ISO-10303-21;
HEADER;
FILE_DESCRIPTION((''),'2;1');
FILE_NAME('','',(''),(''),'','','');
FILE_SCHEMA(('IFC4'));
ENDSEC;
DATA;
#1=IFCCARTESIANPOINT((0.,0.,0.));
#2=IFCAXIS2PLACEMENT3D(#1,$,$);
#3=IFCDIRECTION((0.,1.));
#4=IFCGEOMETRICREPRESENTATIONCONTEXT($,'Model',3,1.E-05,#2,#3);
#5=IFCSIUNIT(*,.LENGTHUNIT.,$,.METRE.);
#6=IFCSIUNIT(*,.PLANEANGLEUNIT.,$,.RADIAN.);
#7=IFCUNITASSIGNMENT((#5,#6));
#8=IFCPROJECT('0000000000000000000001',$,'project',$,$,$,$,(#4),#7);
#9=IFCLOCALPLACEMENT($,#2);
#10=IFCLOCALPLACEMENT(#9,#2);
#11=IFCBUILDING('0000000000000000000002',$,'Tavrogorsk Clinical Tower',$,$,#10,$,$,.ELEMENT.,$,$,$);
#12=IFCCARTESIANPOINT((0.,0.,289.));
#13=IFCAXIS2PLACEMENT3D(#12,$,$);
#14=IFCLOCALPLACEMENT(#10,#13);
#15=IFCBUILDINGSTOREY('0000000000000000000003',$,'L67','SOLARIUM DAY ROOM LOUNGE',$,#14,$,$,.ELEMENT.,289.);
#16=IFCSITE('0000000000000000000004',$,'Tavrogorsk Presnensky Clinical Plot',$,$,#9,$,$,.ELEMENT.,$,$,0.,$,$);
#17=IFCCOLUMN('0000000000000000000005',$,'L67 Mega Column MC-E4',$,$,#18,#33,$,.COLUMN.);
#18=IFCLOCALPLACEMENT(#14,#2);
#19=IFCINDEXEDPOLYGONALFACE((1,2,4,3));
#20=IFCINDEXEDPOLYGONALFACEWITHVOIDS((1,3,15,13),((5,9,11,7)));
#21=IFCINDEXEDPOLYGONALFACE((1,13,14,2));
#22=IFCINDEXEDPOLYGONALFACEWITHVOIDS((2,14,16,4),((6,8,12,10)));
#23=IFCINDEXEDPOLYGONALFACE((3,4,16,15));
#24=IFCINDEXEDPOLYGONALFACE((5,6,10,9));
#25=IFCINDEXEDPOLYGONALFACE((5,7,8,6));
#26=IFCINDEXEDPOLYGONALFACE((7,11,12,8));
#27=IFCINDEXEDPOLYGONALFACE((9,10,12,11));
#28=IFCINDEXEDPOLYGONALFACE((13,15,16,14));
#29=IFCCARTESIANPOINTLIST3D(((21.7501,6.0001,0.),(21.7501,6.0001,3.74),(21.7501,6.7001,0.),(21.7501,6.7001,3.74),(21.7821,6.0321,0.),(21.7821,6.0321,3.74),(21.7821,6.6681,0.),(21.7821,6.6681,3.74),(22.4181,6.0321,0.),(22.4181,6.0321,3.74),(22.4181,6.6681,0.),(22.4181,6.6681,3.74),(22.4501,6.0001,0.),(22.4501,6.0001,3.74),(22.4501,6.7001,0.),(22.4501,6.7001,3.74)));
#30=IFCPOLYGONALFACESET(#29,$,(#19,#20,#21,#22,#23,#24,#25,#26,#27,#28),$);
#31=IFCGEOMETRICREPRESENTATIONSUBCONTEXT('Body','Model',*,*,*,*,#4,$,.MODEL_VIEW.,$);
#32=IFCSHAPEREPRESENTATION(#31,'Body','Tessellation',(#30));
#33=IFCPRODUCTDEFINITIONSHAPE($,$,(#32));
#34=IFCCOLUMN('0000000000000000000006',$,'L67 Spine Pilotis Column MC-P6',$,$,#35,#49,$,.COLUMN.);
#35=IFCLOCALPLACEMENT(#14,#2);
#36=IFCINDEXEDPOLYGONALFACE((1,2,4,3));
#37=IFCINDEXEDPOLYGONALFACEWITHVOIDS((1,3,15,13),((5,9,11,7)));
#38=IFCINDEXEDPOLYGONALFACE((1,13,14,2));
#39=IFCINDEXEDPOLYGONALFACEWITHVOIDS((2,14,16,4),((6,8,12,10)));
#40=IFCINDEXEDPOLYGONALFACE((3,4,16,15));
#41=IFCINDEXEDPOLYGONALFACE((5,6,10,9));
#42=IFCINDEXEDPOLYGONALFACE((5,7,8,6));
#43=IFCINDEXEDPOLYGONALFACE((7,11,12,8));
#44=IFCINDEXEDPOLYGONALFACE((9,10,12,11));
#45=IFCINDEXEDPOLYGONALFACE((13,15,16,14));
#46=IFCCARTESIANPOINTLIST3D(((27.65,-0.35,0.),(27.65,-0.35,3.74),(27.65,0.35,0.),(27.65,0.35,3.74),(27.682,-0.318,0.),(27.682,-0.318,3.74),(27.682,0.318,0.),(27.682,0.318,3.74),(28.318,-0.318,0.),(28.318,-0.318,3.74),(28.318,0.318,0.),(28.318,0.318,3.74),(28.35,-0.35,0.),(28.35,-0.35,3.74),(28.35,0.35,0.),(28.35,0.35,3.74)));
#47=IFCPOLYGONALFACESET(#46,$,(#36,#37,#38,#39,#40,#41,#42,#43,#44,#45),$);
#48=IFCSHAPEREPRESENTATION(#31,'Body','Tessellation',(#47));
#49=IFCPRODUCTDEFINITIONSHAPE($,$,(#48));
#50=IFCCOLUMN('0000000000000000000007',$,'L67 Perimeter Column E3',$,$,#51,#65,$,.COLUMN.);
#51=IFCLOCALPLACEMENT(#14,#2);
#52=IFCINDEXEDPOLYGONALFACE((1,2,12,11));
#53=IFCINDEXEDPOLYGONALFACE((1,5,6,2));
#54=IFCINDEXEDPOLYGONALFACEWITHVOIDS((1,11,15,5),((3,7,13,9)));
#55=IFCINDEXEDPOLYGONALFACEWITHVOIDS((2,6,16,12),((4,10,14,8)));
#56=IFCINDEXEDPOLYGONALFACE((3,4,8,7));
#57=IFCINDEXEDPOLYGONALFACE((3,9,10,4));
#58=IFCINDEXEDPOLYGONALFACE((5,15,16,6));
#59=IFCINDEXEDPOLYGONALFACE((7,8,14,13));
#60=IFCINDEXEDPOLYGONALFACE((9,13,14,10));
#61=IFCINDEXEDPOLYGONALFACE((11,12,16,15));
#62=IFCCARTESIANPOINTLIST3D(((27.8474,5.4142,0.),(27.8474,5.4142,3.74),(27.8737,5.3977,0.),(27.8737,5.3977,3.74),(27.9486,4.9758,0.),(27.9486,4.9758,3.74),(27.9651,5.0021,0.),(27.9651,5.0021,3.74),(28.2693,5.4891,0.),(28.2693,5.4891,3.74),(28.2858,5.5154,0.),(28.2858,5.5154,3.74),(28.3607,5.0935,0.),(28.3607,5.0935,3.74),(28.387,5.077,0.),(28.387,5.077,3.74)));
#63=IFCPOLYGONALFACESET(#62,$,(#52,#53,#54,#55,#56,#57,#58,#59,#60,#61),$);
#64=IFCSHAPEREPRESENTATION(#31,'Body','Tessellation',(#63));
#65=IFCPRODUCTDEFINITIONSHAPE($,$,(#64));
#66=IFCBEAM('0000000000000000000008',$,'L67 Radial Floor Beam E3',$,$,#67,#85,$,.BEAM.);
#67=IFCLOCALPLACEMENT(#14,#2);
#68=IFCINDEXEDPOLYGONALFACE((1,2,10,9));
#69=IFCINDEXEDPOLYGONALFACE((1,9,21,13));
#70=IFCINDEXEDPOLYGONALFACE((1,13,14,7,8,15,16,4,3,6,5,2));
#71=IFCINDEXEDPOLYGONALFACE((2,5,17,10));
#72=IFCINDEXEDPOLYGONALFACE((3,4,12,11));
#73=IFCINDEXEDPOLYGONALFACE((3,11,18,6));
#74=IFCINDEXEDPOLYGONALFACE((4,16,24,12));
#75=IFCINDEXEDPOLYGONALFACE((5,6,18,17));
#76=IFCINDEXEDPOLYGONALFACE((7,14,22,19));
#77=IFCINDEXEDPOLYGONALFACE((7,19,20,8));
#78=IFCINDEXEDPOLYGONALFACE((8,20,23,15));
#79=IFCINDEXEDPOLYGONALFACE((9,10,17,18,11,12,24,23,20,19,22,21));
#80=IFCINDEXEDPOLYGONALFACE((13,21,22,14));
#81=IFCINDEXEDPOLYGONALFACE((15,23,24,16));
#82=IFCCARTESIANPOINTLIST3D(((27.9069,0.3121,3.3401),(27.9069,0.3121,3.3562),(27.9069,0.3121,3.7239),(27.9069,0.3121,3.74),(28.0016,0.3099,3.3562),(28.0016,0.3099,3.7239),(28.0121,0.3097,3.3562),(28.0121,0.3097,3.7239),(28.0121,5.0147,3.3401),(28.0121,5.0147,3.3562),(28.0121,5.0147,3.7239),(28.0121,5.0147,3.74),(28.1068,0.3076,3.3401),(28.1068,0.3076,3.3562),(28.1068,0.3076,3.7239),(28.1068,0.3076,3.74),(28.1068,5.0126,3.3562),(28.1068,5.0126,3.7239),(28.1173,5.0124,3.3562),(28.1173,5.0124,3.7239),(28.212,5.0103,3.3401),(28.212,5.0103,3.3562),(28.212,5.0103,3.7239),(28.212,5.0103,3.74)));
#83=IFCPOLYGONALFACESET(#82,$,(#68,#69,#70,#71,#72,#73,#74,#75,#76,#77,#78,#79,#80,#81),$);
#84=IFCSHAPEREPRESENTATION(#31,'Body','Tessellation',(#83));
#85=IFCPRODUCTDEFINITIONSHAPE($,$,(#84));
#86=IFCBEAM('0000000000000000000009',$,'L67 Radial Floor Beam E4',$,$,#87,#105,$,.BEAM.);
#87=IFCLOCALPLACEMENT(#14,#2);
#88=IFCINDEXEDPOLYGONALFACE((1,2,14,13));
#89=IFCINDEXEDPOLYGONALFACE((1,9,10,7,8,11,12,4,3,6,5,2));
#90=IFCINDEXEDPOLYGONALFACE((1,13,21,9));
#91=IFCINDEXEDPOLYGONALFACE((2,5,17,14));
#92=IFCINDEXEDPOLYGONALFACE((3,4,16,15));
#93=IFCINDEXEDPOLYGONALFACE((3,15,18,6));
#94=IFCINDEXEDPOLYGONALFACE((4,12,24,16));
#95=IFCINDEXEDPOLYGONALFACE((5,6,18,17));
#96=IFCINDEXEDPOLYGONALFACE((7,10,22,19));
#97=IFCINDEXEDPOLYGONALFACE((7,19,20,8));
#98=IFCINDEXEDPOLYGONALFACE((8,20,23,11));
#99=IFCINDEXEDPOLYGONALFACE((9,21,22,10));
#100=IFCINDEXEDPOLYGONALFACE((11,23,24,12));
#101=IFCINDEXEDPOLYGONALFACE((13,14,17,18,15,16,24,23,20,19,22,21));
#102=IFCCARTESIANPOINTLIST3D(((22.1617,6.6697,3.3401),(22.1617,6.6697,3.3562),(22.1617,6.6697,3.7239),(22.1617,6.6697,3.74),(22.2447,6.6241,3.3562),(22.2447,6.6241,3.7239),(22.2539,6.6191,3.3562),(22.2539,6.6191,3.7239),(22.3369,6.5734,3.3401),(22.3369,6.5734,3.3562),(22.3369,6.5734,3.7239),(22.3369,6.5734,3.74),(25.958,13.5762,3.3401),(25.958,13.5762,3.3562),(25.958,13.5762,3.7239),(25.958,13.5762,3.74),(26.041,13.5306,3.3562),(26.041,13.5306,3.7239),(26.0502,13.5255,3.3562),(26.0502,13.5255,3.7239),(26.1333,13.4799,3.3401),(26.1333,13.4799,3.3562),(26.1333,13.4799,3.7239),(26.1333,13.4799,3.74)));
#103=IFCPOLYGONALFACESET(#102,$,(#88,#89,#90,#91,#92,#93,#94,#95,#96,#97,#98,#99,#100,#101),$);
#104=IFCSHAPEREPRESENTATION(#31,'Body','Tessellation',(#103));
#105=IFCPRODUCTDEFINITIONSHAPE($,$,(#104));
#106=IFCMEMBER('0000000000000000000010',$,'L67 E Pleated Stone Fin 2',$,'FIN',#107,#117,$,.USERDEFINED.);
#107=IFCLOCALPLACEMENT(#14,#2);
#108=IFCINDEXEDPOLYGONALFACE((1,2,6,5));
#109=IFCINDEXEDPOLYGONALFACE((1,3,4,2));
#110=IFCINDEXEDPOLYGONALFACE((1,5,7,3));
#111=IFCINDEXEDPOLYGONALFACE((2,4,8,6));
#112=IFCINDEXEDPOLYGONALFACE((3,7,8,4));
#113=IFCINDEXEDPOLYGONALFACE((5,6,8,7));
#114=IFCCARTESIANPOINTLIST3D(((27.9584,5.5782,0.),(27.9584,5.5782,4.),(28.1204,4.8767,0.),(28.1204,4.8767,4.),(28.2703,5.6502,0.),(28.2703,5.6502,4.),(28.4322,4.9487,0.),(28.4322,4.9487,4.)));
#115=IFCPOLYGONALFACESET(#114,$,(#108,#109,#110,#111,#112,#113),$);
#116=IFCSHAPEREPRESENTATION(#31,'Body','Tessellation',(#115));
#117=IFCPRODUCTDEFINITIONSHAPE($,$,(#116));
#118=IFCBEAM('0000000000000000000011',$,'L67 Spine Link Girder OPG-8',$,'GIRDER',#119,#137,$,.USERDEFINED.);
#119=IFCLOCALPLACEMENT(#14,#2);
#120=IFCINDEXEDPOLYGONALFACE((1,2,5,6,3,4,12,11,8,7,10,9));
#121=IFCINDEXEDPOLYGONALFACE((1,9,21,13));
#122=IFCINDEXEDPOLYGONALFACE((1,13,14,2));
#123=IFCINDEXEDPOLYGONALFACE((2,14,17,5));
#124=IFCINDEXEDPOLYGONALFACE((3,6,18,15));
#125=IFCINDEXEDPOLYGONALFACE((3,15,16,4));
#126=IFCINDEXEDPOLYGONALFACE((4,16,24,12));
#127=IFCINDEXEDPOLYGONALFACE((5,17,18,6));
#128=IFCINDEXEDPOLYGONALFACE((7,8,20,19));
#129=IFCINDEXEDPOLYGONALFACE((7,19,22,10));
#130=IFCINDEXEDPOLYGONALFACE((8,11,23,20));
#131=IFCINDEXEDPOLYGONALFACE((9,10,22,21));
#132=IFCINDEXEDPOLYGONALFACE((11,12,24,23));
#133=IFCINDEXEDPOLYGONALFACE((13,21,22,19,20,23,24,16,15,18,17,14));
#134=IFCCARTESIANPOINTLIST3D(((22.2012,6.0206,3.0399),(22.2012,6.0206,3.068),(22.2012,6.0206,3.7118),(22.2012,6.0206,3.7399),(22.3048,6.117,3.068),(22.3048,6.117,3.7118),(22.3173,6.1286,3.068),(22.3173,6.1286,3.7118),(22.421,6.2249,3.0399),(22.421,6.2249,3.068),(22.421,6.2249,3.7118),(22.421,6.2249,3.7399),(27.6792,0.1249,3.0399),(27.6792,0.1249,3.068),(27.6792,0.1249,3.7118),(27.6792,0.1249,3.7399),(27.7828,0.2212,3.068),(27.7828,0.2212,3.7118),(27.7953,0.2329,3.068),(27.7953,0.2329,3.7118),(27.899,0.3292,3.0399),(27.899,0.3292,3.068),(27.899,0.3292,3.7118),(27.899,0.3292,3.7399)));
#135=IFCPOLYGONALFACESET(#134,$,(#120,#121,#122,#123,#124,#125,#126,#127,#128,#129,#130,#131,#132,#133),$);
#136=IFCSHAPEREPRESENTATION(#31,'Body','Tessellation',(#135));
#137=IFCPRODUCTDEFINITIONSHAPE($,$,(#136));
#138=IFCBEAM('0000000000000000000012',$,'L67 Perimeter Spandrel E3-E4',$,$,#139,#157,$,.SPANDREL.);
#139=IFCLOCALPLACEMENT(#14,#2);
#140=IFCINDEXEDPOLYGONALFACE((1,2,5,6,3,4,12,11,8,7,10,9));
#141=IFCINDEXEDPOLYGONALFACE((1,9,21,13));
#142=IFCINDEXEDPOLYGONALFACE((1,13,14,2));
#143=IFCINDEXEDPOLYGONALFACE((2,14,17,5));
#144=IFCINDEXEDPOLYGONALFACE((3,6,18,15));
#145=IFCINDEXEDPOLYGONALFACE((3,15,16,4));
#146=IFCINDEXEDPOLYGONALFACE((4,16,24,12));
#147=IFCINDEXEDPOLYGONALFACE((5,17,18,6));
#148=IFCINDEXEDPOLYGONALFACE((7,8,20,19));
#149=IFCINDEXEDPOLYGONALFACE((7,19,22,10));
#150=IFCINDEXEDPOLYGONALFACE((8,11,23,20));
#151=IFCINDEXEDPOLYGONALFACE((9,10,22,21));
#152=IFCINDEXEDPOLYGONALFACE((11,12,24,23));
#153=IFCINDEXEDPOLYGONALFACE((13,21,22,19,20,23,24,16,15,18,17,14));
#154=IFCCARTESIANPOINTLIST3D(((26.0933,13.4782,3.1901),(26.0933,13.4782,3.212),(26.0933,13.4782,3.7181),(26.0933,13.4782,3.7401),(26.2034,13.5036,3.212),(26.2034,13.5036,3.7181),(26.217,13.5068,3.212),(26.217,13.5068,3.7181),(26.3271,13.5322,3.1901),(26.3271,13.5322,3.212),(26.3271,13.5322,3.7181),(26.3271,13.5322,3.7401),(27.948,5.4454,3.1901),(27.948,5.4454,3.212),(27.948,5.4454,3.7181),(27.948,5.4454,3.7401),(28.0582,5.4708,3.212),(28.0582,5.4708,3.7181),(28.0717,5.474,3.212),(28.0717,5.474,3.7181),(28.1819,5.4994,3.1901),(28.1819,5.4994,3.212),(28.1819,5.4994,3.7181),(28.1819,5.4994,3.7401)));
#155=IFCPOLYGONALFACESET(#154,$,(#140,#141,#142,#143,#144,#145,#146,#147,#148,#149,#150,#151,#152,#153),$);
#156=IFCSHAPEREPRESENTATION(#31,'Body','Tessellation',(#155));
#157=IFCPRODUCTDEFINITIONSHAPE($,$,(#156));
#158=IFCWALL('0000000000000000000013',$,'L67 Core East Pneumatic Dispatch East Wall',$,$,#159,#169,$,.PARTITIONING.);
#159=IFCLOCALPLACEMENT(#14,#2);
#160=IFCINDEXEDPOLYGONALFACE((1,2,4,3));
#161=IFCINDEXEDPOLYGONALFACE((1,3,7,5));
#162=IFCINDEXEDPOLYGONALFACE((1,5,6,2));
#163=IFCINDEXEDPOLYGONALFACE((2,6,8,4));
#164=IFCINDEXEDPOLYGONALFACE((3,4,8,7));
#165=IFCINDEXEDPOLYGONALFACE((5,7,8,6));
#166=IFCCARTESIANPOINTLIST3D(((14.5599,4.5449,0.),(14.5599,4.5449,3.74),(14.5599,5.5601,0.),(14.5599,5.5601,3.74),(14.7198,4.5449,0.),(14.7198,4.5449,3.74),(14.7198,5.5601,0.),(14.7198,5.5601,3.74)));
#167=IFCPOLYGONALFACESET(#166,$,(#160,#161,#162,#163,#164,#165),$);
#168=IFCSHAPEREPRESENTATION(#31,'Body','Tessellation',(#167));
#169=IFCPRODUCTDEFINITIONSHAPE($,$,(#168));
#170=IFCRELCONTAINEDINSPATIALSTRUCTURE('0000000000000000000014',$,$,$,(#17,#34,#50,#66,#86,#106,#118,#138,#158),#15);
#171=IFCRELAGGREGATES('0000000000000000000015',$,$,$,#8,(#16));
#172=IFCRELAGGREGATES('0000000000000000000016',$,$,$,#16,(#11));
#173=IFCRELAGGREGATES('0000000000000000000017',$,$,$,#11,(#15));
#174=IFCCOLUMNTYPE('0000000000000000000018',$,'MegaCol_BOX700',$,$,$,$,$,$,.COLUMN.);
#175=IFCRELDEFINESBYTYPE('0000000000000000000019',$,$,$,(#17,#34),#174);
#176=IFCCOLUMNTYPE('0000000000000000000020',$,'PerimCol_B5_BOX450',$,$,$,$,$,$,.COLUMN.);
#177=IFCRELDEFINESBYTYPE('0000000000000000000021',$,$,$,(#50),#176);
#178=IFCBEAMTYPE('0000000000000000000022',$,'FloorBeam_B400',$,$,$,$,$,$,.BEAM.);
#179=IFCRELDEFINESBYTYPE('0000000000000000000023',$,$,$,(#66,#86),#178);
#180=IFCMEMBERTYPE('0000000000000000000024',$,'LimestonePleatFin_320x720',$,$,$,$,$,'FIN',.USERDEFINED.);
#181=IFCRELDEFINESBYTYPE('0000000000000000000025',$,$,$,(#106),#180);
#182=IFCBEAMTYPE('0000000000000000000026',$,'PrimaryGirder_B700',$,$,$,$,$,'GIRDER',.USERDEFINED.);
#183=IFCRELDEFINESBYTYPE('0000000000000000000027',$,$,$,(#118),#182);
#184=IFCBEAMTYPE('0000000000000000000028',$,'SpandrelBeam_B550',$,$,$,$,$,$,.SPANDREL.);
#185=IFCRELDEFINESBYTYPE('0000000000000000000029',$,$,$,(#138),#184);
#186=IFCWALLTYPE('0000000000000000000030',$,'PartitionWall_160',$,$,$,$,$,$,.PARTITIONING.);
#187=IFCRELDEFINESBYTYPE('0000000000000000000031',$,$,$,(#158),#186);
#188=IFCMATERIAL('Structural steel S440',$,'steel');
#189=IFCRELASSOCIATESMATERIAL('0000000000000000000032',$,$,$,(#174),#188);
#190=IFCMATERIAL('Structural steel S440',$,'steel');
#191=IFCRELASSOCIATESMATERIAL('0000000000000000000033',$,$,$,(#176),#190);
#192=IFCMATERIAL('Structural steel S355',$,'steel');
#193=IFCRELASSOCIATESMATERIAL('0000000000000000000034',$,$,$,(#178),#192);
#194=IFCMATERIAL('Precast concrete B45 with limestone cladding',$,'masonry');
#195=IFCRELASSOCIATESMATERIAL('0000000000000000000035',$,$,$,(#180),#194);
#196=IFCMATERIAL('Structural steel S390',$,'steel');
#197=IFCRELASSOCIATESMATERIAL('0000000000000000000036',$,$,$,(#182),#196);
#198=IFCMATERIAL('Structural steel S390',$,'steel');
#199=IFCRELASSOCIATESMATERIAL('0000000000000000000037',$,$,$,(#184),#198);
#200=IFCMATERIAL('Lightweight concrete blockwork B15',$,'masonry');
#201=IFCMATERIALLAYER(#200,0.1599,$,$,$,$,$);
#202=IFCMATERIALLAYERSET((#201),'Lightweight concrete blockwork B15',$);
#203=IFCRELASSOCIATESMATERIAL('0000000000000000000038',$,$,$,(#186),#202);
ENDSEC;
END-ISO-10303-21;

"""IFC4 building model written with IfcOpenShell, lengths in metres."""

from ifc_helpers import new_model, si_unit, direction, frame, frame_2d, origin, origin_2d, place, context, subcontext, project, spatial, rectangle, hollow_rectangle, i_section, extrude, material, layer, layer_set, material_profile, profile_set, type_object, element, save


model = new_model("IFC4")

# Units and contexts
model_context = context("Model", 3, precision=1e-05, world=origin(), true_north=direction((0.0, 1.0)))
body_context = subcontext(model_context, "Body", "Model", "MODEL_VIEW")
ifc_project = project(units=[si_unit("LENGTHUNIT", "METRE"), si_unit("PLANEANGLEUNIT", "RADIAN")], contexts=[model_context])

# Site, building, storey
site_placement = place(None, origin())
site = spatial("IfcSite", under=ifc_project, at=site_placement, Name="Tavrogorsk Presnensky Clinical Plot", CompositionType="ELEMENT", RefElevation=0.0)
building_placement = place(site_placement, origin())
building = spatial("IfcBuilding", under=site, at=building_placement, Name="Tavrogorsk Clinical Tower", CompositionType="ELEMENT")
storey_placement = place(building_placement, frame((0.0, 0.0, 289.0)))
storey = spatial("IfcBuildingStorey", under=building, at=storey_placement, Name="L67", Description="SOLARIUM DAY ROOM LOUNGE", CompositionType="ELEMENT", Elevation=289.0)

# Columns
ifc_material_1 = material(Name="Structural steel S440", Category="steel")
ifc_material_profile_1 = material_profile(ifc_material_1, hollow_rectangle(XDim=0.7, YDim=0.7, WallThickness=0.032, at=origin_2d()), Name="BOX-700x700x32")
ifc_profile_set_1 = profile_set([ifc_material_profile_1], Name="Structural steel S440")
column_type_1 = type_object("IfcColumnType", Name="MegaCol_BOX700", PredefinedType="COLUMN", material=ifc_profile_set_1)
for number, where, z_axis, x_axis, name in (
    (1, (22.1001, 6.3501, 0.0), (0.0, 0.0, 1.0), (1.0, 0.0, 0.0), "L67 Mega Column MC-E4"),
    (2, (28.0, 0.0, 0.0), (0.0, 0.0, 1.0), (1.0, 0.0, 0.0), "L67 Spine Pilotis Column MC-P6"),
):
    element("IfcColumn", number, at=place(storey_placement, frame(where, z_axis=z_axis, x_axis=x_axis)), inside=storey, type_object=column_type_1, Name=name, PredefinedType="COLUMN", context=body_context, shape_type="SweptSolid", body=[
        extrude(hollow_rectangle(XDim=0.7, YDim=0.7, WallThickness=0.032, at=origin_2d()), origin(), (0.0, 0.0, 1.0), 3.74),
    ])
ifc_material_2 = material(Name="Structural steel S440", Category="steel")
ifc_material_profile_2 = material_profile(ifc_material_2, hollow_rectangle(XDim=0.45, YDim=0.45, WallThickness=0.022, at=origin_2d()), Name="BOX-450x450x22")
ifc_profile_set_2 = profile_set([ifc_material_profile_2], Name="Structural steel S440")
column_type_2 = type_object("IfcColumnType", Name="PerimCol_B5_BOX450", PredefinedType="COLUMN", material=ifc_profile_set_2)
column_placement = place(storey_placement, frame((28.1172, 5.2456, 0.0), z_axis=(0.0, 0.0, 1.0), x_axis=(0.97437, 0.224951, 0.0)))
element("IfcColumn", 3, at=column_placement, inside=storey, type_object=column_type_2, Name="L67 Perimeter Column E3", PredefinedType="COLUMN", context=body_context, shape_type="SweptSolid", body=[
    extrude(hollow_rectangle(XDim=0.45, YDim=0.45, WallThickness=0.022, at=origin_2d()), origin(), (0.0, 0.0, 1.0), 3.74),
])

# Beams
ifc_material_3 = material(Name="Structural steel S355", Category="steel")
ifc_material_profile_3 = material_profile(ifc_material_3, i_section(OverallWidth=0.2, OverallDepth=0.3999, WebThickness=0.0105, FlangeThickness=0.0161, at=origin_2d()), Name="B-400x200x10.5x16")
ifc_profile_set_3 = profile_set([ifc_material_profile_3], Name="Structural steel S355")
beam_type_1 = type_object("IfcBeamType", Name="FloorBeam_B400", PredefinedType="BEAM", material=ifc_profile_set_3)
beam_1_placement = place(storey_placement, frame((28.0068, 0.3098, 3.54), z_axis=(0.02237, 0.99975, 0.0), x_axis=(-0.99975, 0.02237, 0.0)))
element("IfcBeam", 4, at=beam_1_placement, inside=storey, type_object=beam_type_1, Name="L67 Radial Floor Beam E3", PredefinedType="BEAM", context=body_context, shape_type="SweptSolid", body=[
    extrude(i_section(OverallWidth=0.2, OverallDepth=0.3999, WebThickness=0.0105, FlangeThickness=0.0161, at=origin_2d()), origin(), (0.0, 0.0, 1.0), 4.7039),
])
beam_2_placement = place(storey_placement, frame((22.2493, 6.6216, 3.54), z_axis=(0.481706, 0.876333, 0.0), x_axis=(-0.876333, 0.481706, 0.0)))
element("IfcBeam", 5, at=beam_2_placement, inside=storey, type_object=beam_type_1, Name="L67 Radial Floor Beam E4", PredefinedType="BEAM", context=body_context, shape_type="SweptSolid", body=[
    extrude(i_section(OverallWidth=0.2, OverallDepth=0.3999, WebThickness=0.0105, FlangeThickness=0.0161, at=origin_2d()), origin(), (0.0, 0.0, 1.0), 7.8811),
])

# Member
ifc_material_4 = material(Name="Precast concrete B45 with limestone cladding", Category="masonry")
ifc_material_profile_4 = material_profile(ifc_material_4, rectangle(XDim=0.3201, YDim=0.72, at=origin_2d()), Name="LIMESTONE-FIN-320x720")
ifc_profile_set_4 = profile_set([ifc_material_profile_4], Name="Precast concrete B45 with limestone cladding")
member_type = type_object("IfcMemberType", Name="LimestonePleatFin_320x720", ElementType="FIN", PredefinedType="USERDEFINED", material=ifc_profile_set_4)
member_placement = place(storey_placement, frame((28.1953, 5.2634, 0.0), z_axis=(0.0, 0.0, 1.0), x_axis=(0.97437, 0.224951, 0.0)))
element("IfcMember", 6, at=member_placement, inside=storey, type_object=member_type, Name="L67 E Pleated Stone Fin 2", ObjectType="FIN", PredefinedType="USERDEFINED", context=body_context, shape_type="SweptSolid", body=[
    extrude(rectangle(XDim=0.3201, YDim=0.72, at=origin_2d()), origin(), (0.0, 0.0, 1.0), 4.0),
])

# Beams
ifc_material_5 = material(Name="Structural steel S390", Category="steel")
ifc_material_profile_5 = material_profile(ifc_material_5, i_section(OverallWidth=0.3, OverallDepth=0.7, WebThickness=0.0171, FlangeThickness=0.0281, at=origin_2d()), Name="B-700x300x17x28")
ifc_profile_set_5 = profile_set([ifc_material_profile_5], Name="Structural steel S390")
beam_type_2 = type_object("IfcBeamType", Name="PrimaryGirder_B700", ElementType="GIRDER", PredefinedType="USERDEFINED", material=ifc_profile_set_5)
beam_3_placement = place(storey_placement, frame((27.7891, 0.2271, 3.3899), z_axis=(-0.680678, 0.732583, 0.0), x_axis=(-0.732583, -0.680678, 0.0)))
element("IfcBeam", 7, at=beam_3_placement, inside=storey, type_object=beam_type_2, Name="L67 Spine Link Girder OPG-8", ObjectType="GIRDER", PredefinedType="USERDEFINED", context=body_context, shape_type="SweptSolid", body=[
    extrude(i_section(OverallWidth=0.3, OverallDepth=0.7, WebThickness=0.0171, FlangeThickness=0.0281, at=origin_2d()), origin(), (0.0, 0.0, 1.0), 8.0479),
])
ifc_material_6 = material(Name="Structural steel S390", Category="steel")
ifc_material_profile_6 = material_profile(ifc_material_6, i_section(OverallWidth=0.24, OverallDepth=0.55, WebThickness=0.0139, FlangeThickness=0.022, at=origin_2d()), Name="B-550x240x14x22")
ifc_profile_set_6 = profile_set([ifc_material_profile_6], Name="Structural steel S390")
beam_type_3 = type_object("IfcBeamType", Name="SpandrelBeam_B550", PredefinedType="SPANDREL", material=ifc_profile_set_6)
beam_4_placement = place(storey_placement, frame((28.0649, 5.4724, 3.4651), z_axis=(-0.224978, 0.974364, 0.0), x_axis=(-0.974364, -0.224978, 0.0)))
element("IfcBeam", 8, at=beam_4_placement, inside=storey, type_object=beam_type_3, Name="L67 Perimeter Spandrel E3-E4", PredefinedType="SPANDREL", context=body_context, shape_type="SweptSolid", body=[
    extrude(i_section(OverallWidth=0.24, OverallDepth=0.55, WebThickness=0.0139, FlangeThickness=0.022, at=origin_2d()), origin(), (0.0, 0.0, 1.0), 8.2441),
])

# Wall
ifc_material_7 = material(Name="Lightweight concrete blockwork B15", Category="masonry")
ifc_layer_1 = layer(ifc_material_7, 0.1599)
ifc_layer_set_1 = layer_set([ifc_layer_1], Name="Lightweight concrete blockwork B15")
wall_type_1 = type_object("IfcWallType", Name="PartitionWall_160", PredefinedType="PARTITIONING", material=ifc_layer_set_1)
wall_1_placement = place(storey_placement, frame((14.6399, 4.5449, 0.0), z_axis=(0.0, 0.0, 1.0), x_axis=(0.0, 1.0, 0.0)))
element("IfcWall", 9, at=wall_1_placement, inside=storey, type_object=wall_type_1, Name="L67 Core East Pneumatic Dispatch East Wall", PredefinedType="PARTITIONING", context=body_context, shape_type="SweptSolid", body=[
    extrude(rectangle(XDim=1.0151, YDim=0.1599, at=frame_2d((0.5076, 0.0))), origin(), (0.0, 0.0, 1.0), 3.74),
])

save(model, "model.ifc")
